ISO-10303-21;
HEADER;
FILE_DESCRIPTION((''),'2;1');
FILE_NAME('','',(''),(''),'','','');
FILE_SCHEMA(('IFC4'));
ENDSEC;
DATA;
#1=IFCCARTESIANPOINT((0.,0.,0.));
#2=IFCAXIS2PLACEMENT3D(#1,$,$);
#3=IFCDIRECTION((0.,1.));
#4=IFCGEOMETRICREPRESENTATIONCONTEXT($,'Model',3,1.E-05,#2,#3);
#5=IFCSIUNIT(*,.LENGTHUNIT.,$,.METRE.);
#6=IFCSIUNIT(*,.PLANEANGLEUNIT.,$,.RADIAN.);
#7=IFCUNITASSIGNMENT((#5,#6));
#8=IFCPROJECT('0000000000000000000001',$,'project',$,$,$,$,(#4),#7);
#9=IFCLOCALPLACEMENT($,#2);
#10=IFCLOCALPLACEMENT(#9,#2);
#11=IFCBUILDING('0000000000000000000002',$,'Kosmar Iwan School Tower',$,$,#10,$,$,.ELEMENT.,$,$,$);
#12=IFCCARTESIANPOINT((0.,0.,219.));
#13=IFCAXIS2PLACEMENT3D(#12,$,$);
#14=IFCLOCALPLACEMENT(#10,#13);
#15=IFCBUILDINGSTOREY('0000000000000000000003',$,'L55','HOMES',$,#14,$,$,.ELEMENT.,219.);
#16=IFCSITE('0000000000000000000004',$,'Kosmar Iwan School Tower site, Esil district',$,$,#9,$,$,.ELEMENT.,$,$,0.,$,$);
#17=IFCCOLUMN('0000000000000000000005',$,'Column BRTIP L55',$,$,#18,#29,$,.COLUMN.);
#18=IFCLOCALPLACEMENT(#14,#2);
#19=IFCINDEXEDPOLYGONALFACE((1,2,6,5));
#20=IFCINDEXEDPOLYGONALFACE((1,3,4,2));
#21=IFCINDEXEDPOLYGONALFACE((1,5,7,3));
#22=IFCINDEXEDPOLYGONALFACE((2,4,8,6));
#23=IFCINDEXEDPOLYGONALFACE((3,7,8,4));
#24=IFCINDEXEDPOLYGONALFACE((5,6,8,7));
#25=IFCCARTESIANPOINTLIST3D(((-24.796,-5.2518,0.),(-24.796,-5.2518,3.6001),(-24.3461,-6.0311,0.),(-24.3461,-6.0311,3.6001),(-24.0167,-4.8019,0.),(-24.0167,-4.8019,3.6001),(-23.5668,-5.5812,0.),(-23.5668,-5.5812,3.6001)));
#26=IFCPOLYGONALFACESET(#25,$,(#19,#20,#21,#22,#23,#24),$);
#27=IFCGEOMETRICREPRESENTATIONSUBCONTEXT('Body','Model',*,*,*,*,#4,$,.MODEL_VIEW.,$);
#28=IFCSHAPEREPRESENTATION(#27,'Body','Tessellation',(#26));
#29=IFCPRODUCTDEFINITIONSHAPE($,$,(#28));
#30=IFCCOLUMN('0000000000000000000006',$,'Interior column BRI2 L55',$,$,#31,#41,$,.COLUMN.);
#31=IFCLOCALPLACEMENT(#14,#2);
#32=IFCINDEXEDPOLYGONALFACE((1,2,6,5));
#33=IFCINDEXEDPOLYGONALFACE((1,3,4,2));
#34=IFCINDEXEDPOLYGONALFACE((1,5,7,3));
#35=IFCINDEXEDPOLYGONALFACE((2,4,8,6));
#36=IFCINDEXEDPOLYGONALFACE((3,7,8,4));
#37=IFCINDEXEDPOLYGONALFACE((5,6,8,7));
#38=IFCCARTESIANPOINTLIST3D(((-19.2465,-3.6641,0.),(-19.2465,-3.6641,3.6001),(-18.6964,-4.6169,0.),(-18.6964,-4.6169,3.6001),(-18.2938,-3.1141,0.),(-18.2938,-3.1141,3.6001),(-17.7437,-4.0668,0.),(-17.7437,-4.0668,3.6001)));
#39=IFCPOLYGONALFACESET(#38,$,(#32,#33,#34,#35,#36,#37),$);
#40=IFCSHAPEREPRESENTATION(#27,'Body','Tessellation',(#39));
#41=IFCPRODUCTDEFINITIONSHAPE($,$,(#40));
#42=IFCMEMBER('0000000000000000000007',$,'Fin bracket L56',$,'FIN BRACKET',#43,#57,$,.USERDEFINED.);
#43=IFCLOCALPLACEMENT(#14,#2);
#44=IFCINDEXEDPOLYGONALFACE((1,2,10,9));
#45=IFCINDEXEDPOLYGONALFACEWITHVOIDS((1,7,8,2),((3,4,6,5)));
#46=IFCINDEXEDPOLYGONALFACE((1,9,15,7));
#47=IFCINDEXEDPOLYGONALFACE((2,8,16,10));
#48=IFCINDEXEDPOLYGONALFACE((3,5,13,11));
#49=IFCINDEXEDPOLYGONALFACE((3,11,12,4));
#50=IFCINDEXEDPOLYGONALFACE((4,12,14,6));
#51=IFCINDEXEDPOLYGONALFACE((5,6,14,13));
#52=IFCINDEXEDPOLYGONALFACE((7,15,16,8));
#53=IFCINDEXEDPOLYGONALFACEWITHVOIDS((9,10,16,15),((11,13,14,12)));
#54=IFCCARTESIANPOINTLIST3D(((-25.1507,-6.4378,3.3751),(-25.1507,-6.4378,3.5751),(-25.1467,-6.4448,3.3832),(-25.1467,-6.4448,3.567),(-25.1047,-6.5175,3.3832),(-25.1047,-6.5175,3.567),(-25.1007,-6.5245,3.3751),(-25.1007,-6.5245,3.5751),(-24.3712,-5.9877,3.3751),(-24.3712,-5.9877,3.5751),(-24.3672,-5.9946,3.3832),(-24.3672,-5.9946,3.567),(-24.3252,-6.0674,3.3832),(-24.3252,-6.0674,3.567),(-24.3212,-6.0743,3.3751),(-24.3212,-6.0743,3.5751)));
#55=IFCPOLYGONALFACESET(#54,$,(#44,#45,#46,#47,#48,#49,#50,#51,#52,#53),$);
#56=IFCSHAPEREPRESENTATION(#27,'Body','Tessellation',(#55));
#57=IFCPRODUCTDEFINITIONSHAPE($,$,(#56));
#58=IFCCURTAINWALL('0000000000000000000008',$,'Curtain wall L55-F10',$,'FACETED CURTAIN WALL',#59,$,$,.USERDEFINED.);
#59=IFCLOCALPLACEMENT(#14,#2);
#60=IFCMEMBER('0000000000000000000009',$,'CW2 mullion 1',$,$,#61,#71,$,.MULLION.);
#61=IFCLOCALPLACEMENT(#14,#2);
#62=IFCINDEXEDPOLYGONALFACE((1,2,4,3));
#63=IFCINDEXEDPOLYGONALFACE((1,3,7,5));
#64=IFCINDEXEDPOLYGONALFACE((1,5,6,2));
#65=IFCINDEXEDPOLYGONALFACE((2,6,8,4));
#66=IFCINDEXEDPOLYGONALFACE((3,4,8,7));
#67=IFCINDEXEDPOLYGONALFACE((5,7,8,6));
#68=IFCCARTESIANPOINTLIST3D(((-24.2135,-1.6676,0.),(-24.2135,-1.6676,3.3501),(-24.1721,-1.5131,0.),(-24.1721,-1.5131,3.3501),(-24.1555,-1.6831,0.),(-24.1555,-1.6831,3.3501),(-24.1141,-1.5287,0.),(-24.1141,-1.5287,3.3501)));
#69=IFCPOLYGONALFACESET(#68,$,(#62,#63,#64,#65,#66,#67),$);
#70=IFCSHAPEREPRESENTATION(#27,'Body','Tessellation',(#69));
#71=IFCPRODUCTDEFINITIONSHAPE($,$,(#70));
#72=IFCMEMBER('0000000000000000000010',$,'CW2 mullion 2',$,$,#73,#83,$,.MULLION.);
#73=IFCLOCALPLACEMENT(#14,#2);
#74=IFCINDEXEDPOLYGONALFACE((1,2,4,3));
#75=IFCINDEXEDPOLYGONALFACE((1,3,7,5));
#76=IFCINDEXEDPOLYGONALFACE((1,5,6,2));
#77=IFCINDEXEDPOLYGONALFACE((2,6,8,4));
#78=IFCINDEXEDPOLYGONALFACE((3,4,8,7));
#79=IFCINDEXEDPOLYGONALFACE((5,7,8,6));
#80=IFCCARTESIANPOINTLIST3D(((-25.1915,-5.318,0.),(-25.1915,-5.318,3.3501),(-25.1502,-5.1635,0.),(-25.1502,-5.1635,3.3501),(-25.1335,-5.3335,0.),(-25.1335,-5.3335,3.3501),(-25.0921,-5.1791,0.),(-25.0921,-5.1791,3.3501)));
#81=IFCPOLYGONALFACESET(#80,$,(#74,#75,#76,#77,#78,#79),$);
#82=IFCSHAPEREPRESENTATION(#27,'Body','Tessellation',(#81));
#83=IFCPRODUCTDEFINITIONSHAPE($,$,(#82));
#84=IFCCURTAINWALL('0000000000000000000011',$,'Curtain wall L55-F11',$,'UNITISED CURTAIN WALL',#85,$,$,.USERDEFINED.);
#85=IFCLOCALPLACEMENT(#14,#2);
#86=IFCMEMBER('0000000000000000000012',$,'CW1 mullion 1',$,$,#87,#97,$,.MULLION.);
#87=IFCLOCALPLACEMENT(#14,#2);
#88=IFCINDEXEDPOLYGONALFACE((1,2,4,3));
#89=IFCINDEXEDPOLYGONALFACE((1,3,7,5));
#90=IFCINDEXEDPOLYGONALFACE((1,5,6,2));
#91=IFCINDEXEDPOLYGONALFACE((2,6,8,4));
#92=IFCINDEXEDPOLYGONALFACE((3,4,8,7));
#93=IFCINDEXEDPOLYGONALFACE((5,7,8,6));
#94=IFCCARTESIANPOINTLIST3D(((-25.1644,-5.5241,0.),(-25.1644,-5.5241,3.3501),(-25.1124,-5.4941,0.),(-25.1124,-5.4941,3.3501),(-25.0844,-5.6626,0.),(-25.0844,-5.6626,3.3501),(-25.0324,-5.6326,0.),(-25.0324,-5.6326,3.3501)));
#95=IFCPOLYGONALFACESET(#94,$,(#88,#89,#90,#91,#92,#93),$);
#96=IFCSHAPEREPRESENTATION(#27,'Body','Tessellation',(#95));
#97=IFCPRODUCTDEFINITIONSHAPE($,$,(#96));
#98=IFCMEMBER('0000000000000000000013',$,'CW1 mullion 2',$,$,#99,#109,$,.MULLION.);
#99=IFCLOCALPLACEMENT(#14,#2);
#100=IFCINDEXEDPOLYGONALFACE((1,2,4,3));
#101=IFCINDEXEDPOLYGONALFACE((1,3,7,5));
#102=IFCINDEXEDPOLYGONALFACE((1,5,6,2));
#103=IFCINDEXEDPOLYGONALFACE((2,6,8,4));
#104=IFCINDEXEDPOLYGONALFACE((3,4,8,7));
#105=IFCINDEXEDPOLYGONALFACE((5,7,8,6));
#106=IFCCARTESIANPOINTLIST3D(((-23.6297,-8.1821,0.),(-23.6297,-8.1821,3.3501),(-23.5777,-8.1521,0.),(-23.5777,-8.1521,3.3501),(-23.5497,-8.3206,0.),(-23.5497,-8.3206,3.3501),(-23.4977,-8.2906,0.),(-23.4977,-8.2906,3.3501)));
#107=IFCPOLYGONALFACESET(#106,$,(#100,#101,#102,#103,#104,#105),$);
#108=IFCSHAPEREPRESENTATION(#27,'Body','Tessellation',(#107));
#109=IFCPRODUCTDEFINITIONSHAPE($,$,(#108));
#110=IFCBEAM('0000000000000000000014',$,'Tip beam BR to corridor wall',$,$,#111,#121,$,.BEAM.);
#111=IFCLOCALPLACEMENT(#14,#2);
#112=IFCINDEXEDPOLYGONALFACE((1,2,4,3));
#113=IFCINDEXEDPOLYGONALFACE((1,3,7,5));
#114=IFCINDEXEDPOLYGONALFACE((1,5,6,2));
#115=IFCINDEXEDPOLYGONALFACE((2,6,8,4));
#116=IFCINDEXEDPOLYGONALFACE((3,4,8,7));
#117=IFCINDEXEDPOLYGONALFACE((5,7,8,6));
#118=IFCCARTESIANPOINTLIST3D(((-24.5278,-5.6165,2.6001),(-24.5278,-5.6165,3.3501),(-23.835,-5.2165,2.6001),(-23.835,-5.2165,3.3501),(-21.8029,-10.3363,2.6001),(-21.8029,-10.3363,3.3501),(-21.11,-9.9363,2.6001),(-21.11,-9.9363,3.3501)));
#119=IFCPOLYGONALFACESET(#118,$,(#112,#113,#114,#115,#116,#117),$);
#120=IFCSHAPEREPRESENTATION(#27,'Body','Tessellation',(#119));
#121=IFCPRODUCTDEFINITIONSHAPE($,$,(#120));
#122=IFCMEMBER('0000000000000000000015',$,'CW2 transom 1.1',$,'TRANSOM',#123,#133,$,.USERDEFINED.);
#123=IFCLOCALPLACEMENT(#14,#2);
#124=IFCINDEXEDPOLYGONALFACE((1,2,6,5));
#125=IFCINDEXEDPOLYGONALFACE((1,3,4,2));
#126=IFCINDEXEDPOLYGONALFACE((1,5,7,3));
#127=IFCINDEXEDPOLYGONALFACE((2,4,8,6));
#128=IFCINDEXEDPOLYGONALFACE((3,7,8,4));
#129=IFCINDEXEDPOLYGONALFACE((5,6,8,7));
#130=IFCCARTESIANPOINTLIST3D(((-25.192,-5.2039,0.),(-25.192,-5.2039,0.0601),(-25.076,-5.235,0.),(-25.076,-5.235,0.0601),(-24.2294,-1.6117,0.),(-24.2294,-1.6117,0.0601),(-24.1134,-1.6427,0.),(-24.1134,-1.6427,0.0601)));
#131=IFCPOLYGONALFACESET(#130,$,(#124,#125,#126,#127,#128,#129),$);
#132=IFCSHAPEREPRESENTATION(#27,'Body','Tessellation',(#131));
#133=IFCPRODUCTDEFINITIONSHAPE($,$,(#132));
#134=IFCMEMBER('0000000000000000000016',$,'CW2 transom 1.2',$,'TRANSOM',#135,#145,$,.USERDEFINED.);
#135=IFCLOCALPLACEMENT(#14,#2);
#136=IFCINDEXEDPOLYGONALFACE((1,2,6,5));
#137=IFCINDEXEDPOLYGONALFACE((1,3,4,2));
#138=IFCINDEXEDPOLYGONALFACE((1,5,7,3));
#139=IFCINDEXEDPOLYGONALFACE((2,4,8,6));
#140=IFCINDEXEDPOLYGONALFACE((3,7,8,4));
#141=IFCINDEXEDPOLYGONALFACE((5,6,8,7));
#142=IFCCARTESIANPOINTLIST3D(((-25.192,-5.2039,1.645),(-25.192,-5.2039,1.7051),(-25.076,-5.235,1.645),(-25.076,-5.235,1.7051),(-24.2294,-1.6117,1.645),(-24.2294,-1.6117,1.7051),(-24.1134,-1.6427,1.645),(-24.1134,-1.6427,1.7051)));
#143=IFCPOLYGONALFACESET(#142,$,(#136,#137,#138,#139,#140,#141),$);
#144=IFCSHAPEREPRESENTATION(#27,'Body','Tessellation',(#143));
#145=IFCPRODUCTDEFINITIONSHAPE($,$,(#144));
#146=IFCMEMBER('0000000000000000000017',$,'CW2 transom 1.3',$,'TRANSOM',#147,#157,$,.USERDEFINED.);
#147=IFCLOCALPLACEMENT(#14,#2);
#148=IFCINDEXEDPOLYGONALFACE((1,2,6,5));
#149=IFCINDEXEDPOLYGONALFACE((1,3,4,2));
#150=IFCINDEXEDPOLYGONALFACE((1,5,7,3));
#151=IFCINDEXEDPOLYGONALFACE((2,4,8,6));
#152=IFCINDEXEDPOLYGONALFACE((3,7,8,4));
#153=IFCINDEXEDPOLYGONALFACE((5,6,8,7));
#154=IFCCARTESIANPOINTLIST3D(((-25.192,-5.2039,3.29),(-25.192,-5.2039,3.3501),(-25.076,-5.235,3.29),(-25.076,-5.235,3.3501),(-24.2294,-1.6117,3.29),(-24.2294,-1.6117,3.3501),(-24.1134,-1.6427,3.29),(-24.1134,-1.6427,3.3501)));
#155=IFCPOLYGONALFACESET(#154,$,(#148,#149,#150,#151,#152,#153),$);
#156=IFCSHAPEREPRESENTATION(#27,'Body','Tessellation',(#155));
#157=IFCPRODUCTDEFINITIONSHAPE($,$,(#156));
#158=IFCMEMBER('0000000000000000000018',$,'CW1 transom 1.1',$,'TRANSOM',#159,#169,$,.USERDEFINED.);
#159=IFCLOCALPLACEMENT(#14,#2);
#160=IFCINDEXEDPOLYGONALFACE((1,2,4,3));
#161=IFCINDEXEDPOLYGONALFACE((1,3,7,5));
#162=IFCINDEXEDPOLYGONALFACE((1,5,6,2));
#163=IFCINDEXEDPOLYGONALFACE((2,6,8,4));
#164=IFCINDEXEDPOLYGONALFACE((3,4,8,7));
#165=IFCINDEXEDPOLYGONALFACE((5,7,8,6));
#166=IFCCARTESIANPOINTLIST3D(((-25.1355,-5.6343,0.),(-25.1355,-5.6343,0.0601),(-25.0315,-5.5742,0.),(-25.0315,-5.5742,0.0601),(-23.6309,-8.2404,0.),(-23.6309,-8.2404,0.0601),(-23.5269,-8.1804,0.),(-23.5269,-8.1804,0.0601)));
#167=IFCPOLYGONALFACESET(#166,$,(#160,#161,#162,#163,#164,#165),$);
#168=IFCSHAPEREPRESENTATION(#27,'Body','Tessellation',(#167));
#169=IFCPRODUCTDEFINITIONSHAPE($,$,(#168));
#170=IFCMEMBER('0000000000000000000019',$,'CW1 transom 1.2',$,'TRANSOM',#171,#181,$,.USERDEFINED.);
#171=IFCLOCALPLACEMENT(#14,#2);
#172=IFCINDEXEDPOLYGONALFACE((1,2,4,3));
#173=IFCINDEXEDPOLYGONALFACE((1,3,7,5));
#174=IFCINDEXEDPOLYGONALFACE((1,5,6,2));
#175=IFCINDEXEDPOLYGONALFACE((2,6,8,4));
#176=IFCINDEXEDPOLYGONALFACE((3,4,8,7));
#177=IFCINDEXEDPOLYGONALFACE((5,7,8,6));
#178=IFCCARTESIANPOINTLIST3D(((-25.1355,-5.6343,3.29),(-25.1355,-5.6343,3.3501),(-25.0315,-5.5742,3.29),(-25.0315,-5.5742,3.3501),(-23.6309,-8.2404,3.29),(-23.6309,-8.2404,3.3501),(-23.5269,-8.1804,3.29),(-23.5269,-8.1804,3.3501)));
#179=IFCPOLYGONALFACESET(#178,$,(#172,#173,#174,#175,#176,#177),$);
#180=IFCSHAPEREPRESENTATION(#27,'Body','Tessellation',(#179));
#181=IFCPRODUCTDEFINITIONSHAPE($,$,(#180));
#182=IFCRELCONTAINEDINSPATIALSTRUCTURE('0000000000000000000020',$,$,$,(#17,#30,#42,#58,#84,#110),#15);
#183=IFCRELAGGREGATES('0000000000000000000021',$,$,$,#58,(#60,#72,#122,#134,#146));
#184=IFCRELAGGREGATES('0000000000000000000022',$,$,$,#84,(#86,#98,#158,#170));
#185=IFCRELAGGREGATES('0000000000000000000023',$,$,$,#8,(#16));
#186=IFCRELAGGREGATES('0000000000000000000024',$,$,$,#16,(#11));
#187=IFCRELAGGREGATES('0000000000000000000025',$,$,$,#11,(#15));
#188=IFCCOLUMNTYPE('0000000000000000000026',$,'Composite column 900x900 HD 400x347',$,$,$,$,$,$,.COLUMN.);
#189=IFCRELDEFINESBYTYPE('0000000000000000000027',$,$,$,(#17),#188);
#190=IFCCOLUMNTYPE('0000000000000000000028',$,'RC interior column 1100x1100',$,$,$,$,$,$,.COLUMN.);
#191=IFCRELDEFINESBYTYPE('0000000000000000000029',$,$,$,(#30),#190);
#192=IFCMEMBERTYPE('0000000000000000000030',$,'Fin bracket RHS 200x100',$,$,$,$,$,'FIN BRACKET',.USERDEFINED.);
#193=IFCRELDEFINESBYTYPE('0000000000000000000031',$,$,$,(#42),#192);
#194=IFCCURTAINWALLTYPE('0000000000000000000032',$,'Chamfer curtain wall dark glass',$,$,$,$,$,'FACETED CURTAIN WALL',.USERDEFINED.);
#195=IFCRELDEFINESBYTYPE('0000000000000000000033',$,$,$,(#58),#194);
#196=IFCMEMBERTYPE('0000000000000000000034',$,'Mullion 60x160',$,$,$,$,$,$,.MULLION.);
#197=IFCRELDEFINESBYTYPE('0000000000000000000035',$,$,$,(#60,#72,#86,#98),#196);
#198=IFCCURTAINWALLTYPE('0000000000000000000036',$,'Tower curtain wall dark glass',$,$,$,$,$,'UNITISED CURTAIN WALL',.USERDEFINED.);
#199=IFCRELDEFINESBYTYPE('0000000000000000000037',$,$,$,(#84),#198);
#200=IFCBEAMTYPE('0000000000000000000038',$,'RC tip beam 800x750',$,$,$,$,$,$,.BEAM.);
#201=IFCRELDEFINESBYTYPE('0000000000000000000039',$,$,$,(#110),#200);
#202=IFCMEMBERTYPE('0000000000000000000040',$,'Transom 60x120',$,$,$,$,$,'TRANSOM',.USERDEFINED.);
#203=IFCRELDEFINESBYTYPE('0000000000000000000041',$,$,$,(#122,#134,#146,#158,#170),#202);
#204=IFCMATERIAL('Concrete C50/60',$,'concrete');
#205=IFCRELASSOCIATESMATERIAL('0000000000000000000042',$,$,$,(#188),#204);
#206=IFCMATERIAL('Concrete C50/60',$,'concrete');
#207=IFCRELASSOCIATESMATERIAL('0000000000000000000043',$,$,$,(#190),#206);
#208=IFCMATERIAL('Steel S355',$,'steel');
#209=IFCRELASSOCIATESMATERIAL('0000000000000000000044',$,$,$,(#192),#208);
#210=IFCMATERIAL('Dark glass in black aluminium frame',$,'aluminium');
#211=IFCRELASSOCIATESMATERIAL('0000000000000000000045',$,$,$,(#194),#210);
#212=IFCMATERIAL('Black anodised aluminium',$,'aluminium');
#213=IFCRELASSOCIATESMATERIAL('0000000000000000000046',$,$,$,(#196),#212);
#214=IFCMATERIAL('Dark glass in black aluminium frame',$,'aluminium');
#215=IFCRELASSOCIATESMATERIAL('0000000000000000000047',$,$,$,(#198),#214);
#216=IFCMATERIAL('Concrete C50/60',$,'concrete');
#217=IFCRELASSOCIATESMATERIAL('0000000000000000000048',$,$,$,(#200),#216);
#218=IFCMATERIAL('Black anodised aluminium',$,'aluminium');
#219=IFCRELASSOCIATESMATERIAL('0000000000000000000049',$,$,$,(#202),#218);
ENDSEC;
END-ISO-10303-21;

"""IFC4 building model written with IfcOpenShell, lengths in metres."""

from ifc_helpers import new_model, si_unit, direction, frame, origin, origin_2d, place, context, subcontext, project, spatial, rectangle, hollow_rectangle, extrude, material, material_profile, profile_set, type_object, element, aggregate, save


model = new_model("IFC4")

# Units and contexts
model_context = context("Model", 3, precision=1e-05, world=origin(), true_north=direction((0.0, 1.0)))
body_context = subcontext(model_context, "Body", "Model", "MODEL_VIEW")
ifc_project = project(units=[si_unit("LENGTHUNIT", "METRE"), si_unit("PLANEANGLEUNIT", "RADIAN")], contexts=[model_context])

# Site, building, storey
site_placement = place(None, origin())
site = spatial("IfcSite", under=ifc_project, at=site_placement, Name="Kosmar Iwan School Tower site, Esil district", CompositionType="ELEMENT", RefElevation=0.0)
building_placement = place(site_placement, origin())
building = spatial("IfcBuilding", under=site, at=building_placement, Name="Kosmar Iwan School Tower", CompositionType="ELEMENT")
storey_placement = place(building_placement, frame((0.0, 0.0, 219.0)))
storey = spatial("IfcBuildingStorey", under=building, at=storey_placement, Name="L55", Description="HOMES", CompositionType="ELEMENT", Elevation=219.0)

# Columns
ifc_material_1 = material(Name="Concrete C50/60", Category="concrete")
ifc_material_profile_1 = material_profile(ifc_material_1, rectangle(XDim=0.8999, YDim=0.8999, at=origin_2d()), Name="RC 900x900 + HD 400x347")
ifc_profile_set_1 = profile_set([ifc_material_profile_1], Name="Concrete C50/60")
column_type_1 = type_object("IfcColumnType", Name="Composite column 900x900 HD 400x347", PredefinedType="COLUMN", material=ifc_profile_set_1)
column_1_placement = place(storey_placement, frame((-24.1814, -5.4165, 0.0), z_axis=(0.0, 0.0, 1.0), x_axis=(-0.866025, -0.5, 0.0)))
element("IfcColumn", 1, at=column_1_placement, inside=storey, type_object=column_type_1, Name="Column BRTIP L55", PredefinedType="COLUMN", context=body_context, shape_type="SweptSolid", body=[
    extrude(rectangle(XDim=0.8999, YDim=0.8999, at=origin_2d()), origin(), (0.0, 0.0, 1.0), 3.6001),
])
ifc_material_2 = material(Name="Concrete C50/60", Category="concrete")
ifc_material_profile_2 = material_profile(ifc_material_2, rectangle(XDim=1.1001, YDim=1.1001, at=origin_2d()), Name="RC 1100x1100")
ifc_profile_set_2 = profile_set([ifc_material_profile_2], Name="Concrete C50/60")
column_type_2 = type_object("IfcColumnType", Name="RC interior column 1100x1100", PredefinedType="COLUMN", material=ifc_profile_set_2)
column_2_placement = place(storey_placement, frame((-18.4951, -3.8655, 0.0), z_axis=(0.0, 0.0, 1.0), x_axis=(-0.866025, -0.5, 0.0)))
element("IfcColumn", 2, at=column_2_placement, inside=storey, type_object=column_type_2, Name="Interior column BRI2 L55", PredefinedType="COLUMN", context=body_context, shape_type="SweptSolid", body=[
    extrude(rectangle(XDim=1.1001, YDim=1.1001, at=origin_2d()), origin(), (0.0, 0.0, 1.0), 3.6001),
])

# Member
ifc_material_3 = material(Name="Steel S355", Category="steel")
ifc_material_profile_3 = material_profile(ifc_material_3, hollow_rectangle(XDim=0.1001, YDim=0.2, WallThickness=0.0081, at=origin_2d()), Name="RHS 200x100x8")
ifc_profile_set_3 = profile_set([ifc_material_profile_3], Name="Steel S355")
member_type_1 = type_object("IfcMemberType", Name="Fin bracket RHS 200x100", ElementType="FIN BRACKET", PredefinedType="USERDEFINED", material=ifc_profile_set_3)
member_1_placement = place(storey_placement, frame((-24.3462, -6.031, 3.4751), z_axis=(-0.865964, -0.500106, 0.0), x_axis=(0.500106, -0.865964, 0.0)))
element("IfcMember", 3, at=member_1_placement, inside=storey, type_object=member_type_1, Name="Fin bracket L56", ObjectType="FIN BRACKET", PredefinedType="USERDEFINED", context=body_context, shape_type="SweptSolid", body=[
    extrude(hollow_rectangle(XDim=0.1001, YDim=0.2, WallThickness=0.0081, at=origin_2d()), origin(), (0.0, 0.0, 1.0), 0.9001),
])

# Curtain walls, members
ifc_material_4 = material(Name="Dark glass in black aluminium frame", Category="aluminium")
curtain_wall_type_1 = type_object("IfcCurtainWallType", Name="Chamfer curtain wall dark glass", ElementType="FACETED CURTAIN WALL", PredefinedType="USERDEFINED", material=ifc_material_4)
curtain_wall_1_placement = place(storey_placement, origin())
curtain_wall_1 = element("IfcCurtainWall", 4, at=curtain_wall_1_placement, inside=storey, type_object=curtain_wall_type_1, Name="Curtain wall L55-F10", ObjectType="FACETED CURTAIN WALL", PredefinedType="USERDEFINED")
ifc_material_5 = material(Name="Black anodised aluminium", Category="aluminium")
ifc_material_profile_4 = material_profile(ifc_material_5, rectangle(XDim=0.0601, YDim=0.1599, at=origin_2d()), Name="MULLION 60x160")
ifc_profile_set_4 = profile_set([ifc_material_profile_4], Name="Black anodised aluminium")
member_type_2 = type_object("IfcMemberType", Name="Mullion 60x160", PredefinedType="MULLION", material=ifc_profile_set_4)
member_2_placement = place(storey_placement, frame((-24.1638, -1.5981, 0.0), z_axis=(0.0, 0.0, 1.0), x_axis=(0.965926, -0.258819, 0.0)))
member_2 = element("IfcMember", 5, at=member_2_placement, type_object=member_type_2, Name="CW2 mullion 1", PredefinedType="MULLION", context=body_context, shape_type="SweptSolid", body=[
    extrude(rectangle(XDim=0.0601, YDim=0.1599, at=origin_2d()), origin(), (0.0, 0.0, 1.0), 3.3501),
])
member_3_placement = place(storey_placement, frame((-25.1418, -5.2485, 0.0), z_axis=(0.0, 0.0, 1.0), x_axis=(0.965926, -0.258819, 0.0)))
member_3 = element("IfcMember", 6, at=member_3_placement, type_object=member_type_2, Name="CW2 mullion 2", PredefinedType="MULLION", context=body_context, shape_type="SweptSolid", body=[
    extrude(rectangle(XDim=0.0601, YDim=0.1599, at=origin_2d()), origin(), (0.0, 0.0, 1.0), 3.3501),
])
ifc_material_6 = material(Name="Dark glass in black aluminium frame", Category="aluminium")
curtain_wall_type_2 = type_object("IfcCurtainWallType", Name="Tower curtain wall dark glass", ElementType="UNITISED CURTAIN WALL", PredefinedType="USERDEFINED", material=ifc_material_6)
curtain_wall_2_placement = place(storey_placement, origin())
curtain_wall_2 = element("IfcCurtainWall", 7, at=curtain_wall_2_placement, inside=storey, type_object=curtain_wall_type_2, Name="Curtain wall L55-F11", ObjectType="UNITISED CURTAIN WALL", PredefinedType="USERDEFINED")
member_4_placement = place(storey_placement, frame((-25.0984, -5.5784, 0.0), z_axis=(0.0, 0.0, 1.0), x_axis=(0.866025, 0.5, 0.0)))
member_4 = element("IfcMember", 8, at=member_4_placement, type_object=member_type_2, Name="CW1 mullion 1", PredefinedType="MULLION", context=body_context, shape_type="SweptSolid", body=[
    extrude(rectangle(XDim=0.0601, YDim=0.1599, at=origin_2d()), origin(), (0.0, 0.0, 1.0), 3.3501),
])
member_5_placement = place(storey_placement, frame((-23.5637, -8.2363, 0.0), z_axis=(0.0, 0.0, 1.0), x_axis=(0.866025, 0.5, 0.0)))
member_5 = element("IfcMember", 9, at=member_5_placement, type_object=member_type_2, Name="CW1 mullion 2", PredefinedType="MULLION", context=body_context, shape_type="SweptSolid", body=[
    extrude(rectangle(XDim=0.0601, YDim=0.1599, at=origin_2d()), origin(), (0.0, 0.0, 1.0), 3.3501),
])

# Beam
ifc_material_7 = material(Name="Concrete C50/60", Category="concrete")
ifc_material_profile_5 = material_profile(ifc_material_7, rectangle(XDim=0.8, YDim=0.75, at=origin_2d()), Name="RC 800x750")
ifc_profile_set_5 = profile_set([ifc_material_profile_5], Name="Concrete C50/60")
beam_type = type_object("IfcBeamType", Name="RC tip beam 800x750", PredefinedType="BEAM", material=ifc_profile_set_5)
beam_placement = place(storey_placement, frame((-24.1814, -5.4165, 2.9751), z_axis=(0.499989, -0.866032, 0.0), x_axis=(0.866032, 0.499989, 0.0)))
element("IfcBeam", 10, at=beam_placement, inside=storey, type_object=beam_type, Name="Tip beam BR to corridor wall", PredefinedType="BEAM", context=body_context, shape_type="SweptSolid", body=[
    extrude(rectangle(XDim=0.8, YDim=0.75, at=origin_2d()), origin(), (0.0, 0.0, 1.0), 5.45),
])

# Members
ifc_material_8 = material(Name="Black anodised aluminium", Category="aluminium")
ifc_material_profile_6 = material_profile(ifc_material_8, rectangle(XDim=0.1201, YDim=0.0601, at=origin_2d()), Name="TRANSOM 60x120")
ifc_profile_set_6 = profile_set([ifc_material_profile_6], Name="Black anodised aluminium")
member_type_3 = type_object("IfcMemberType", Name="Transom 60x120", ElementType="TRANSOM", PredefinedType="USERDEFINED", material=ifc_profile_set_6)
member_6_placement = place(storey_placement, frame((-24.1714, -1.6272, 0.03), z_axis=(-0.258843, -0.965919, 0.0), x_axis=(0.965919, -0.258843, 0.0)))
member_6 = element("IfcMember", 11, at=member_6_placement, type_object=member_type_3, Name="CW2 transom 1.1", ObjectType="TRANSOM", PredefinedType="USERDEFINED", context=body_context, shape_type="SweptSolid", body=[
    extrude(rectangle(XDim=0.1201, YDim=0.0601, at=origin_2d()), origin(), (0.0, 0.0, 1.0), 3.719),
])
member_7_placement = place(storey_placement, frame((-24.1714, -1.6272, 1.675), z_axis=(-0.258843, -0.965919, 0.0), x_axis=(0.965919, -0.258843, 0.0)))
member_7 = element("IfcMember", 12, at=member_7_placement, type_object=member_type_3, Name="CW2 transom 1.2", ObjectType="TRANSOM", PredefinedType="USERDEFINED", context=body_context, shape_type="SweptSolid", body=[
    extrude(rectangle(XDim=0.1201, YDim=0.0601, at=origin_2d()), origin(), (0.0, 0.0, 1.0), 3.719),
])
member_8_placement = place(storey_placement, frame((-24.1714, -1.6272, 3.3201), z_axis=(-0.258843, -0.965919, 0.0), x_axis=(0.965919, -0.258843, 0.0)))
member_8 = element("IfcMember", 13, at=member_8_placement, type_object=member_type_3, Name="CW2 transom 1.3", ObjectType="TRANSOM", PredefinedType="USERDEFINED", context=body_context, shape_type="SweptSolid", body=[
    extrude(rectangle(XDim=0.1201, YDim=0.0601, at=origin_2d()), origin(), (0.0, 0.0, 1.0), 3.719),
])
member_9_placement = place(storey_placement, frame((-25.0835, -5.6042, 0.03), z_axis=(0.499987, -0.866033, 0.0), x_axis=(0.866033, 0.499987, 0.0)))
member_9 = element("IfcMember", 14, at=member_9_placement, type_object=member_type_3, Name="CW1 transom 1.1", ObjectType="TRANSOM", PredefinedType="USERDEFINED", context=body_context, shape_type="SweptSolid", body=[
    extrude(rectangle(XDim=0.1201, YDim=0.0601, at=origin_2d()), origin(), (0.0, 0.0, 1.0), 3.0093),
])
member_10_placement = place(storey_placement, frame((-25.0835, -5.6042, 3.3201), z_axis=(0.499987, -0.866033, 0.0), x_axis=(0.866033, 0.499987, 0.0)))
member_10 = element("IfcMember", 15, at=member_10_placement, type_object=member_type_3, Name="CW1 transom 1.2", ObjectType="TRANSOM", PredefinedType="USERDEFINED", context=body_context, shape_type="SweptSolid", body=[
    extrude(rectangle(XDim=0.1201, YDim=0.0601, at=origin_2d()), origin(), (0.0, 0.0, 1.0), 3.0093),
])

aggregate(curtain_wall_1, [member_2, member_3, member_6, member_7, member_8])
aggregate(curtain_wall_2, [member_4, member_5, member_9, member_10])

save(model, "model.ifc")
